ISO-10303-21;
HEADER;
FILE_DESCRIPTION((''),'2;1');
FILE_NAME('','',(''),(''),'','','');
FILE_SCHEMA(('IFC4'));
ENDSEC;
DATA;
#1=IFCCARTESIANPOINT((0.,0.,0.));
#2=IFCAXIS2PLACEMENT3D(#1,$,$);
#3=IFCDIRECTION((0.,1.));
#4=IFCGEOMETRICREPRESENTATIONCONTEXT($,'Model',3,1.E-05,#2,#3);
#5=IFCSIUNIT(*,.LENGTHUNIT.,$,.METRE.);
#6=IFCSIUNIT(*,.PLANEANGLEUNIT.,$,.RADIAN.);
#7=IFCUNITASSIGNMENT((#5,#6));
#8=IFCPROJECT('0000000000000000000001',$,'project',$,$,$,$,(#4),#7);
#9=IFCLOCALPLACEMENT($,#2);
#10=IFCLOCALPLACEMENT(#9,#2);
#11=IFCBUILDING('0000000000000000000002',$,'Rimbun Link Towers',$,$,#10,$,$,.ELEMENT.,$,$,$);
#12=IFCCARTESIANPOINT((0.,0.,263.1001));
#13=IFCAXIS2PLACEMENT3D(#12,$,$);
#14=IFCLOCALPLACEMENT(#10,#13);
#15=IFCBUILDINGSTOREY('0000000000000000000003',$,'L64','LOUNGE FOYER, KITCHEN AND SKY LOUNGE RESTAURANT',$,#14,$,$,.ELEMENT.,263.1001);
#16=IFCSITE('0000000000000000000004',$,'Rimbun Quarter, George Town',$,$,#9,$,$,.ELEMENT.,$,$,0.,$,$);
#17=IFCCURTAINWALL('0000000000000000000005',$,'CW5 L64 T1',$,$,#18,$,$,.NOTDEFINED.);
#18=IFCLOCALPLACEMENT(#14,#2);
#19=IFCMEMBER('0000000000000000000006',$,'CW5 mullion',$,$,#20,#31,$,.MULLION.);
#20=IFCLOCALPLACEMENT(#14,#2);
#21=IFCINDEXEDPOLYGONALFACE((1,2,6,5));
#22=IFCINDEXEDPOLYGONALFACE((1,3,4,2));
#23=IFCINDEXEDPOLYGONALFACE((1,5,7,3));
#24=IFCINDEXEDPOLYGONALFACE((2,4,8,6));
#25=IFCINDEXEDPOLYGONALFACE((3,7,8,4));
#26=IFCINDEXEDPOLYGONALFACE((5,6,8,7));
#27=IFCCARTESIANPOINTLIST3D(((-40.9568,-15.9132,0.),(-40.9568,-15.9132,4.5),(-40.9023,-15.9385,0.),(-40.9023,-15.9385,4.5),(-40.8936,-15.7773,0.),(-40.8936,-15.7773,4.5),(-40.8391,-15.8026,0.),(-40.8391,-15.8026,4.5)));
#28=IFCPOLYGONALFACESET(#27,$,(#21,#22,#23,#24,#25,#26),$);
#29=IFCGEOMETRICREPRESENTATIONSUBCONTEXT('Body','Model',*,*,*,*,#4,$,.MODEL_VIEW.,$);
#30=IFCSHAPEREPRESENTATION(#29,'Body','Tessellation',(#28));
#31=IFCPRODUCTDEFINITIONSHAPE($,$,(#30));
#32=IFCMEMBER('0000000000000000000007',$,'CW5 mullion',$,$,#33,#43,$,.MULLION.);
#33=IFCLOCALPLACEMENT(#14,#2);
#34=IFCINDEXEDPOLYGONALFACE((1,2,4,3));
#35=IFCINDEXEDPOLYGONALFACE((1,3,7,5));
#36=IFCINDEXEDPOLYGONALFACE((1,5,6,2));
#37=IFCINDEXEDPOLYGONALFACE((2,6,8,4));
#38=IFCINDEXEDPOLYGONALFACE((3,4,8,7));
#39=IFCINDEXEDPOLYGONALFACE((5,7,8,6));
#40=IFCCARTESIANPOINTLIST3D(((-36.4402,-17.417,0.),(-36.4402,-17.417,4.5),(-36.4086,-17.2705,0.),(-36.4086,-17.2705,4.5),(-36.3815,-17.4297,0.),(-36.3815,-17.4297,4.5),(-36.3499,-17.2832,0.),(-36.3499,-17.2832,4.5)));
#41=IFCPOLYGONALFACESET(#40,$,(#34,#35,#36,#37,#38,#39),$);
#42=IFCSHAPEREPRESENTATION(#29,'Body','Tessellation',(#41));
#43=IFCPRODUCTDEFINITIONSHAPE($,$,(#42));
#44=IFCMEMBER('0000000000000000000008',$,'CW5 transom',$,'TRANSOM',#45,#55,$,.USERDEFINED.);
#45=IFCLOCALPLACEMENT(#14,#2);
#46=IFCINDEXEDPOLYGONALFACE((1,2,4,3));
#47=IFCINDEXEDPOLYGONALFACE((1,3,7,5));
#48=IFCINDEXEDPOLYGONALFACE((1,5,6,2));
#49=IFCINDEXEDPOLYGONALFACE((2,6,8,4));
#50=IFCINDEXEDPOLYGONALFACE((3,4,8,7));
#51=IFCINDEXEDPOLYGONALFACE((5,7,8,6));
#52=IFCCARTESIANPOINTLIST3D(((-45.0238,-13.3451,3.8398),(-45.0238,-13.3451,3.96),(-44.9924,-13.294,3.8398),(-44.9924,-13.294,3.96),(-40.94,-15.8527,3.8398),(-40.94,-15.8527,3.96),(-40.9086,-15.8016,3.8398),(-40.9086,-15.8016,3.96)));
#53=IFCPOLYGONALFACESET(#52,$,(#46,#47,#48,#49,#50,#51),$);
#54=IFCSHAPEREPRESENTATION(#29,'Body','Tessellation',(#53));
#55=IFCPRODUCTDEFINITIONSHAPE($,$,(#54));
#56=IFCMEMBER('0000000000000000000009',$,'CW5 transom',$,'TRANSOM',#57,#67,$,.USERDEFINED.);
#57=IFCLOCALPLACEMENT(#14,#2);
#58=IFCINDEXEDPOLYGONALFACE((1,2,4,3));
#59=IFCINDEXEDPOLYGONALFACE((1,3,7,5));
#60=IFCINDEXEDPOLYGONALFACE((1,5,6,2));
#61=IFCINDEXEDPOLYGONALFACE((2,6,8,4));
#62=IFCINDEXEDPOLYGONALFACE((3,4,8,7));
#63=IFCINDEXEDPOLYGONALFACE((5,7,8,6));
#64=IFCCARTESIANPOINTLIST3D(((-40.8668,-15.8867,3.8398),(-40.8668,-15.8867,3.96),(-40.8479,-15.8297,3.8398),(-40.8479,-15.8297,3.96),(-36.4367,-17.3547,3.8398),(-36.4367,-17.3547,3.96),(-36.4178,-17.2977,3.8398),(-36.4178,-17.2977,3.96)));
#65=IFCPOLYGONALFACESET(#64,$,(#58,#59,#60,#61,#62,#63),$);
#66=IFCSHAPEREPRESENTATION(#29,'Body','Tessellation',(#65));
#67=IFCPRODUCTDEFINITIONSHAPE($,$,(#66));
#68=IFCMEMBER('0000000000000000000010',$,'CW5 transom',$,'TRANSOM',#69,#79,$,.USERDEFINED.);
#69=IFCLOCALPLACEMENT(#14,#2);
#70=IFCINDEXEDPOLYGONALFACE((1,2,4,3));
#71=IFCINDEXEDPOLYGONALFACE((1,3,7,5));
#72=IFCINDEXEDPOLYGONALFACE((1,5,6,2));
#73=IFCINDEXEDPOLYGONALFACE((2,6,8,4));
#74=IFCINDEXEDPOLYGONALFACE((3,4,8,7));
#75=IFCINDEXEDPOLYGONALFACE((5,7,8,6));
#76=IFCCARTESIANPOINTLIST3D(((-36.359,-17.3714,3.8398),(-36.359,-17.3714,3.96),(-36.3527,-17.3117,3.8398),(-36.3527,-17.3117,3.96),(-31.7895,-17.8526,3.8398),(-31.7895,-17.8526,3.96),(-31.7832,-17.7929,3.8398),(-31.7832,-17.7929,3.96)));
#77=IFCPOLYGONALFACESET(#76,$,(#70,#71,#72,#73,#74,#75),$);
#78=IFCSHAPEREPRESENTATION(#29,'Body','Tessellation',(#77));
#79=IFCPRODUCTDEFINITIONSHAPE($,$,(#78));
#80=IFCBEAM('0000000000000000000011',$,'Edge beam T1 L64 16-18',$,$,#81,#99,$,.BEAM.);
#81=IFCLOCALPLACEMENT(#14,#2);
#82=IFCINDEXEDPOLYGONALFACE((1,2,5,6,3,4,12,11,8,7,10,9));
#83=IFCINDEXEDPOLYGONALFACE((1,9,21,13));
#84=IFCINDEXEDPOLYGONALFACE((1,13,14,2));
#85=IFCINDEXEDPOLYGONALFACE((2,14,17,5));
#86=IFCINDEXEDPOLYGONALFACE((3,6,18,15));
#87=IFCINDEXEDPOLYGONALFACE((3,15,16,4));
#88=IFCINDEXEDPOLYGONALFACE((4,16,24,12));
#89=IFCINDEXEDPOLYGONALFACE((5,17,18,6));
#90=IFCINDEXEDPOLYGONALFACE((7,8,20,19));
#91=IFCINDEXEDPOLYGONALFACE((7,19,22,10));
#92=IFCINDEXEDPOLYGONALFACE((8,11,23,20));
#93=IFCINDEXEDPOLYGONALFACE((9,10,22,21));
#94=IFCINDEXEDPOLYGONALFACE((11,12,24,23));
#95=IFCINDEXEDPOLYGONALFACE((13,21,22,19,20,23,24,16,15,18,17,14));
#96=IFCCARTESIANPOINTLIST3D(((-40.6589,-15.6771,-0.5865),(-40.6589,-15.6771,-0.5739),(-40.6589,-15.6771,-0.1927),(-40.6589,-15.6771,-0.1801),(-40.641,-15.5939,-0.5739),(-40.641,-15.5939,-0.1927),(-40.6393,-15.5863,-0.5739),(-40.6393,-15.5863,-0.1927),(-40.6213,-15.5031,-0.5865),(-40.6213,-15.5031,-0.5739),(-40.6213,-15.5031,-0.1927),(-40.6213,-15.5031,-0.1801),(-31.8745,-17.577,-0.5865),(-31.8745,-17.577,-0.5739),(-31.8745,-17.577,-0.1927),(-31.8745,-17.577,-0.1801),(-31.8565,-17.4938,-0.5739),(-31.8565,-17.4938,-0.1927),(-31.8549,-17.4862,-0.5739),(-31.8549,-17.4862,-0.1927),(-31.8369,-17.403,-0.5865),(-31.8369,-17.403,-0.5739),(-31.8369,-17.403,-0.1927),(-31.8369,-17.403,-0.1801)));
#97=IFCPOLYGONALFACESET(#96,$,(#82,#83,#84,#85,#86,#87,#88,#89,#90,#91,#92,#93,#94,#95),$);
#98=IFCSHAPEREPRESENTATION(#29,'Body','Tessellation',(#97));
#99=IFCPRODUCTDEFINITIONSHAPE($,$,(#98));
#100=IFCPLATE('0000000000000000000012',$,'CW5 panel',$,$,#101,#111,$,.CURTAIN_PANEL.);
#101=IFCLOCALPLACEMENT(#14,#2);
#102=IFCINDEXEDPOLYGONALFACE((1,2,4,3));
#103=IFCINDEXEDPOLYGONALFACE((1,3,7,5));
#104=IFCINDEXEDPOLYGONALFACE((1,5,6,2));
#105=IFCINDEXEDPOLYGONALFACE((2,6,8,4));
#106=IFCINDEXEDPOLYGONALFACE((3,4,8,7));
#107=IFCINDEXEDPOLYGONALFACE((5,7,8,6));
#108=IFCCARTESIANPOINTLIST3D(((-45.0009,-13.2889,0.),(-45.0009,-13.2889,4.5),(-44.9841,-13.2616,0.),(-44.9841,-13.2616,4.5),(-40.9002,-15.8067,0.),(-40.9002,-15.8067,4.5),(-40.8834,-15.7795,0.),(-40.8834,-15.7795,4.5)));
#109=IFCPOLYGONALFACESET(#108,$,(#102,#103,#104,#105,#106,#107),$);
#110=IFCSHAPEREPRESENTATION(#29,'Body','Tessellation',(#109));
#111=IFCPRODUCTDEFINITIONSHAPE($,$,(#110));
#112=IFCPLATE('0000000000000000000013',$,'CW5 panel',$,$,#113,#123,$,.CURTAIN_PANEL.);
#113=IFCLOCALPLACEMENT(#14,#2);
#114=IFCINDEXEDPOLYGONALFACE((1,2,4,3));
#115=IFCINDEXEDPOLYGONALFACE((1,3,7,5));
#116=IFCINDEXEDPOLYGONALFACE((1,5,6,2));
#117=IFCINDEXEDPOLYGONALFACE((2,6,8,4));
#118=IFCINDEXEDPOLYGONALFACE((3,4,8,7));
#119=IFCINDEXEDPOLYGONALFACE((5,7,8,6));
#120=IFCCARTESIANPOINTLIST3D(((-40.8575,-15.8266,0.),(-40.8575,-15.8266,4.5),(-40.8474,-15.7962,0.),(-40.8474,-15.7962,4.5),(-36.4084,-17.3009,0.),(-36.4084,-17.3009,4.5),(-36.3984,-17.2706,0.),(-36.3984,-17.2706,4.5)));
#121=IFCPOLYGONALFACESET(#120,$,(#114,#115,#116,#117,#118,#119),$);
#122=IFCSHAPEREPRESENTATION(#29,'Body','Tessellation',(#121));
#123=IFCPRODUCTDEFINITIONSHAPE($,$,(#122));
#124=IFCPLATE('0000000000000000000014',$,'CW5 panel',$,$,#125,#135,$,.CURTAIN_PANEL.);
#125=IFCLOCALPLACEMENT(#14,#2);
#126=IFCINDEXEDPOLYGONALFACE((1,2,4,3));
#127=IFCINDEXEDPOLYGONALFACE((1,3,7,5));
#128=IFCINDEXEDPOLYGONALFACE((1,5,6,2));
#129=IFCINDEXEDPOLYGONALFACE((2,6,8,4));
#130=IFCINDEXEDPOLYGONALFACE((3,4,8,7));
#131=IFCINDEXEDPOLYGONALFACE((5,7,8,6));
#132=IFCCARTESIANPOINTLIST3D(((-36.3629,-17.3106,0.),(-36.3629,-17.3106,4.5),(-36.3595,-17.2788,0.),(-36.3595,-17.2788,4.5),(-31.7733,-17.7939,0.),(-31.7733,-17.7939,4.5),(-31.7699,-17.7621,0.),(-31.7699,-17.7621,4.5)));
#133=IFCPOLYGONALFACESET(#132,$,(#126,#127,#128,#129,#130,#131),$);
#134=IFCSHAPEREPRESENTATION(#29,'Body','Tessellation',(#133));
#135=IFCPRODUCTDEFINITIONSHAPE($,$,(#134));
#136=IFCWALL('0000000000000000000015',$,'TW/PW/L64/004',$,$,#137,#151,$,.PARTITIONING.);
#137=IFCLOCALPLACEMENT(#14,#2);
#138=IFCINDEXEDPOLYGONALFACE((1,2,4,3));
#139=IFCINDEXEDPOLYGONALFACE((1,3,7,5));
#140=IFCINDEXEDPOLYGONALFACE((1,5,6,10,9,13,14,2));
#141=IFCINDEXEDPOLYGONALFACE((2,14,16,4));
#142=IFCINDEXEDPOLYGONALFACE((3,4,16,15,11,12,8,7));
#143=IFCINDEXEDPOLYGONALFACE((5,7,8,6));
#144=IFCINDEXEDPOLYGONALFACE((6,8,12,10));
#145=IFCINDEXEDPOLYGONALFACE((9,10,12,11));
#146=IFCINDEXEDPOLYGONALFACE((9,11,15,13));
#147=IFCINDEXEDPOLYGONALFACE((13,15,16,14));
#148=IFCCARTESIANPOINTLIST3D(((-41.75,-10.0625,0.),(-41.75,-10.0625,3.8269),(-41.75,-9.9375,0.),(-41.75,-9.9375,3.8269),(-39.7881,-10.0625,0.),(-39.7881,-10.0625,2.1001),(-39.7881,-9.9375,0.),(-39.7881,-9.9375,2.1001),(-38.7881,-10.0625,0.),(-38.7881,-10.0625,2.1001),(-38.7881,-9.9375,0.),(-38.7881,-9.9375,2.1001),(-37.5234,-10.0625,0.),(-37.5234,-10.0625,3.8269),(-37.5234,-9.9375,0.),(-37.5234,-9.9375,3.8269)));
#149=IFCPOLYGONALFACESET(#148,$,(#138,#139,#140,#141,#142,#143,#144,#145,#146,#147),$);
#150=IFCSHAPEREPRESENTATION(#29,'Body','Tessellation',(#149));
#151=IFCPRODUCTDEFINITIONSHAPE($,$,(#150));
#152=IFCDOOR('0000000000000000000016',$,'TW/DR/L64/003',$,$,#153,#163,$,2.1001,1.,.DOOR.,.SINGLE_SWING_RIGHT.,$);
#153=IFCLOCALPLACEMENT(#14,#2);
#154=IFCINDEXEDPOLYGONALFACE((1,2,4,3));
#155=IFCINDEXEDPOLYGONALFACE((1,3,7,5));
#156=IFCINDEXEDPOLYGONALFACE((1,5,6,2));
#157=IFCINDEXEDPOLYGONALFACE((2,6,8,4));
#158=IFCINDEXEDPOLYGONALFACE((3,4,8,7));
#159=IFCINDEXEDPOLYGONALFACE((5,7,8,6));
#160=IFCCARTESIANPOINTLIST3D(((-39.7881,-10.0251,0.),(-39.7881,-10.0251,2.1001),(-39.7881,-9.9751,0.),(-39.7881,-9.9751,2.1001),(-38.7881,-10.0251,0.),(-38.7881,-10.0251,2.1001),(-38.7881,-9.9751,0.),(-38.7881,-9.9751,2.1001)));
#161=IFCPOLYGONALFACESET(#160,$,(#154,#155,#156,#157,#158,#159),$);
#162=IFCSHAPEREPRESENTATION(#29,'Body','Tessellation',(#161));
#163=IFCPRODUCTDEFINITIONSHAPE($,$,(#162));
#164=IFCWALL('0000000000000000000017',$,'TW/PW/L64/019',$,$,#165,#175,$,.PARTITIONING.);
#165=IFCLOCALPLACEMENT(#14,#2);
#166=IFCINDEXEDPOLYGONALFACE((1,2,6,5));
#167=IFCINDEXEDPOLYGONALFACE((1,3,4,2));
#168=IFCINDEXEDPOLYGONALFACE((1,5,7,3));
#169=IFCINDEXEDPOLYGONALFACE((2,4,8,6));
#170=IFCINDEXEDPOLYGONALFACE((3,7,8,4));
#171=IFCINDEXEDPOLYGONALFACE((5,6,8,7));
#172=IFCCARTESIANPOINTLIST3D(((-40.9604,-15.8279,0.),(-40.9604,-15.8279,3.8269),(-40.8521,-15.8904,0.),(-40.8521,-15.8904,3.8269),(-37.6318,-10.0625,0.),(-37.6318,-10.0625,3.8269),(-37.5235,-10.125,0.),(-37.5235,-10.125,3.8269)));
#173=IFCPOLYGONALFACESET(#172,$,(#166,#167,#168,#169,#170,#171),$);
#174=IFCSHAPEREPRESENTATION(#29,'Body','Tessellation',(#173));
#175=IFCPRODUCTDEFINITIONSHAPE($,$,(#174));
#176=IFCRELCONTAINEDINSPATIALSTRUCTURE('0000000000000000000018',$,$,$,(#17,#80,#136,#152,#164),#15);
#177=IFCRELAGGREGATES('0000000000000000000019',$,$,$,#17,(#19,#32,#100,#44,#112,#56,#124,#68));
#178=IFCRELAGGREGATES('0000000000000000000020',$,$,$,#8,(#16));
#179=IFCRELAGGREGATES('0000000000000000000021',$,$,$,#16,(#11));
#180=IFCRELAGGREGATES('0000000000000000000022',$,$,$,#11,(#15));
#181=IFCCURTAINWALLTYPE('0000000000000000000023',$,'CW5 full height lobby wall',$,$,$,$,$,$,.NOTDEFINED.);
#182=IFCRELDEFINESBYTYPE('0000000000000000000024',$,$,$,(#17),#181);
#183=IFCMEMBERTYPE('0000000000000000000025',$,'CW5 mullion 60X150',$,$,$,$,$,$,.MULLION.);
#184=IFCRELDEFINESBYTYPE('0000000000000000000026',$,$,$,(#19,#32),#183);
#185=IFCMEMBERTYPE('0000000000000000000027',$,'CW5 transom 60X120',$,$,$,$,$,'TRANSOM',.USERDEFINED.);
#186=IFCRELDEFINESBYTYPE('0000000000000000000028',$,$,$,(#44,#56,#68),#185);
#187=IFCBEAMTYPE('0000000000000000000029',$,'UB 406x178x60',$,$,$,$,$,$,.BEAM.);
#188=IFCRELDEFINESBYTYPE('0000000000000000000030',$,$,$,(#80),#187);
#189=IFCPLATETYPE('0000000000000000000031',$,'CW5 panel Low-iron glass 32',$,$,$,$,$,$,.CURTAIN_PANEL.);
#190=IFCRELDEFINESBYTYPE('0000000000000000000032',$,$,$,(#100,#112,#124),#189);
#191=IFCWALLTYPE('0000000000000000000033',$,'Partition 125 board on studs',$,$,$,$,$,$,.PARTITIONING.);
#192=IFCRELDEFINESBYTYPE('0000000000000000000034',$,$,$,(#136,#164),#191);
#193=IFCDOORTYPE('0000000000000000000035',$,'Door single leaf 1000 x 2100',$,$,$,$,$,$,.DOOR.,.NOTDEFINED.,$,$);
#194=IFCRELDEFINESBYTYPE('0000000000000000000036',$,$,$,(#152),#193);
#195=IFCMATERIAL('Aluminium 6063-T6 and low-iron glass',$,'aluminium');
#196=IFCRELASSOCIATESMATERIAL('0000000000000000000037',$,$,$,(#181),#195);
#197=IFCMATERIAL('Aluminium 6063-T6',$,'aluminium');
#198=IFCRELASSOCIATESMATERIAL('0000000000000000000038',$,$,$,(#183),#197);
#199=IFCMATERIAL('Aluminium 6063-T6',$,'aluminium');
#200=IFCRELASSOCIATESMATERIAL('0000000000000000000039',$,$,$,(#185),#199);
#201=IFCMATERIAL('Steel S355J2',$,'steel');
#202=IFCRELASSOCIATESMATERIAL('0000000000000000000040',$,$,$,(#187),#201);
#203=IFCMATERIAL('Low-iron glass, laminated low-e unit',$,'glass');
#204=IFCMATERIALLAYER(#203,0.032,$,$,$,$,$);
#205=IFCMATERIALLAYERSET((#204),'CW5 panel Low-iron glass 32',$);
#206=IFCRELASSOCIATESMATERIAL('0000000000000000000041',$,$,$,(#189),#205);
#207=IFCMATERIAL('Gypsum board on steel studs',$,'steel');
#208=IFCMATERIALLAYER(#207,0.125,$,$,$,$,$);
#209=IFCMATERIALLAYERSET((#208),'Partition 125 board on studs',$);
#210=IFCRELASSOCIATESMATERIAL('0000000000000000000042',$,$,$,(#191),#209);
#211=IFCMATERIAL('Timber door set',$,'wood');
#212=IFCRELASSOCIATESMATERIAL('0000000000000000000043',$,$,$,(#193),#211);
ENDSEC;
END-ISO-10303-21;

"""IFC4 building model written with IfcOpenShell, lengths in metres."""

from ifc_helpers import new_model, si_unit, direction, frame, frame_2d, origin, origin_2d, place, context, subcontext, project, spatial, rectangle, i_section, extrude, material, layer, layer_set, material_profile, profile_set, type_object, element, fill, aggregate, save


model = new_model("IFC4")

# Units and contexts
model_context = context("Model", 3, precision=1e-05, world=origin(), true_north=direction((0.0, 1.0)))
body_context = subcontext(model_context, "Body", "Model", "MODEL_VIEW")
ifc_project = project(units=[si_unit("LENGTHUNIT", "METRE"), si_unit("PLANEANGLEUNIT", "RADIAN")], contexts=[model_context])

# Site, building, storey
site_placement = place(None, origin())
site = spatial("IfcSite", under=ifc_project, at=site_placement, Name="Rimbun Quarter, George Town", CompositionType="ELEMENT", RefElevation=0.0)
building_placement = place(site_placement, origin())
building = spatial("IfcBuilding", under=site, at=building_placement, Name="Rimbun Link Towers", CompositionType="ELEMENT")
storey_placement = place(building_placement, frame((0.0, 0.0, 263.1001)))
storey = spatial("IfcBuildingStorey", under=building, at=storey_placement, Name="L64", Description="LOUNGE FOYER, KITCHEN AND SKY LOUNGE RESTAURANT", CompositionType="ELEMENT", Elevation=263.1001)

# Curtain wall, members
ifc_material_1 = material(Name="Aluminium 6063-T6 and low-iron glass", Category="aluminium")
curtain_wall_type = type_object("IfcCurtainWallType", Name="CW5 full height lobby wall", PredefinedType="NOTDEFINED", material=ifc_material_1)
curtain_wall_placement = place(storey_placement, origin())
curtain_wall = element("IfcCurtainWall", 1, at=curtain_wall_placement, inside=storey, type_object=curtain_wall_type, Name="CW5 L64 T1", PredefinedType="NOTDEFINED")
ifc_material_2 = material(Name="Aluminium 6063-T6", Category="aluminium")
ifc_material_profile_1 = material_profile(ifc_material_2, rectangle(XDim=0.1499, YDim=0.0601, at=origin_2d()), Name="MULLION 60X150")
ifc_profile_set_1 = profile_set([ifc_material_profile_1], Name="Aluminium 6063-T6")
member_type_1 = type_object("IfcMemberType", Name="CW5 mullion 60X150", PredefinedType="MULLION", material=ifc_profile_set_1)
member_1_placement = place(storey_placement, frame((-40.8979, -15.8579, 0.0), z_axis=(0.0, 0.0, 1.0), x_axis=(-0.421704, -0.906734, 0.0)))
member_1 = element("IfcMember", 2, at=member_1_placement, type_object=member_type_1, Name="CW5 mullion", PredefinedType="MULLION", context=body_context, shape_type="SweptSolid", body=[
    extrude(rectangle(XDim=0.1499, YDim=0.0601, at=origin_2d()), origin(), (0.0, 0.0, 1.0), 4.5),
])
member_2_placement = place(storey_placement, frame((-36.395, -17.3501, 0.0), z_axis=(0.0, 0.0, 1.0), x_axis=(-0.210861, -0.977516, 0.0)))
member_2 = element("IfcMember", 3, at=member_2_placement, type_object=member_type_1, Name="CW5 mullion", PredefinedType="MULLION", context=body_context, shape_type="SweptSolid", body=[
    extrude(rectangle(XDim=0.1499, YDim=0.0601, at=origin_2d()), origin(), (0.0, 0.0, 1.0), 4.5),
])
ifc_material_3 = material(Name="Aluminium 6063-T6", Category="aluminium")
ifc_material_profile_2 = material_profile(ifc_material_3, rectangle(XDim=0.0601, YDim=0.1201, at=origin_2d()), Name="TRANSOM 60X120")
ifc_profile_set_2 = profile_set([ifc_material_profile_2], Name="Aluminium 6063-T6")
member_type_2 = type_object("IfcMemberType", Name="CW5 transom 60X120", ElementType="TRANSOM", PredefinedType="USERDEFINED", material=ifc_profile_set_2)
member_3_placement = place(storey_placement, frame((-40.9243, -15.8271, 3.8999), z_axis=(-0.85217, 0.523264, 0.0), x_axis=(-0.523264, -0.85217, 0.0)))
member_3 = element("IfcMember", 4, at=member_3_placement, type_object=member_type_2, Name="CW5 transom", ObjectType="TRANSOM", PredefinedType="USERDEFINED", context=body_context, shape_type="SweptSolid", body=[
    extrude(rectangle(XDim=0.0601, YDim=0.1201, at=origin_2d()), origin(), (0.0, 0.0, 1.0), 4.7922),
])
member_4_placement = place(storey_placement, frame((-36.4272, -17.3262, 3.8999), z_axis=(-0.949242, 0.314548, 0.0), x_axis=(-0.314548, -0.949242, 0.0)))
member_4 = element("IfcMember", 5, at=member_4_placement, type_object=member_type_2, Name="CW5 transom", ObjectType="TRANSOM", PredefinedType="USERDEFINED", context=body_context, shape_type="SweptSolid", body=[
    extrude(rectangle(XDim=0.0601, YDim=0.1201, at=origin_2d()), origin(), (0.0, 0.0, 1.0), 4.667),
])
member_5_placement = place(storey_placement, frame((-31.7864, -17.8228, 3.8999), z_axis=(-0.994501, 0.104726, 0.0), x_axis=(-0.104726, -0.994501, 0.0)))
member_5 = element("IfcMember", 6, at=member_5_placement, type_object=member_type_2, Name="CW5 transom", ObjectType="TRANSOM", PredefinedType="USERDEFINED", context=body_context, shape_type="SweptSolid", body=[
    extrude(rectangle(XDim=0.0601, YDim=0.1201, at=origin_2d()), origin(), (0.0, 0.0, 1.0), 4.5947),
])

# Beam
ifc_material_4 = material(Name="Steel S355J2", Category="steel")
ifc_material_profile_3 = material_profile(ifc_material_4, i_section(OverallWidth=0.178, OverallDepth=0.4065, WebThickness=0.0078, FlangeThickness=0.0127, at=origin_2d()), Name="UB 406x178x60")
ifc_profile_set_3 = profile_set([ifc_material_profile_3], Name="Steel S355J2")
beam_type = type_object("IfcBeamType", Name="UB 406x178x60", PredefinedType="BEAM", material=ifc_profile_set_3)
beam_placement = place(storey_placement, frame((-40.6401, -15.5901, -0.3833), z_axis=(0.977401, -0.211393, 0.0), x_axis=(0.211393, 0.977401, 0.0)))
element("IfcBeam", 7, at=beam_placement, inside=storey, type_object=beam_type, Name="Edge beam T1 L64 16-18", PredefinedType="BEAM", context=body_context, shape_type="SweptSolid", body=[
    extrude(i_section(OverallWidth=0.178, OverallDepth=0.4065, WebThickness=0.0078, FlangeThickness=0.0127, at=origin_2d()), origin(), (0.0, 0.0, 1.0), 8.9875),
])

# Plates
ifc_material_5 = material(Name="Low-iron glass, laminated low-e unit", Category="glass")
ifc_layer_1 = layer(ifc_material_5, 0.032)
ifc_layer_set_1 = layer_set([ifc_layer_1], Name="CW5 panel Low-iron glass 32")
plate_type = type_object("IfcPlateType", Name="CW5 panel Low-iron glass 32", PredefinedType="CURTAIN_PANEL", material=ifc_layer_set_1)
plate_1_placement = place(storey_placement, frame((-42.9421, -14.5342, 0.0), z_axis=(0.0, 0.0, 1.0), x_axis=(-0.852182, 0.523246, 0.0)))
plate_1 = element("IfcPlate", 8, at=plate_1_placement, type_object=plate_type, Name="CW5 panel", PredefinedType="CURTAIN_PANEL", context=body_context, shape_type="SweptSolid", body=[
    extrude(rectangle(XDim=4.812, YDim=0.032, at=origin_2d()), origin(), (0.0, 0.0, 1.0), 4.5),
])
plate_2_placement = place(storey_placement, frame((-38.6279, -16.5486, 0.0), z_axis=(0.0, 0.0, 1.0), x_axis=(-0.949238, 0.314558, 0.0)))
plate_2 = element("IfcPlate", 9, at=plate_2_placement, type_object=plate_type, Name="CW5 panel", PredefinedType="CURTAIN_PANEL", context=body_context, shape_type="SweptSolid", body=[
    extrude(rectangle(XDim=4.687, YDim=0.032, at=origin_2d()), origin(), (0.0, 0.0, 1.0), 4.5),
])
plate_3_placement = place(storey_placement, frame((-34.0664, -17.5364, 0.0), z_axis=(0.0, 0.0, 1.0), x_axis=(-0.994501, 0.104728, 0.0)))
plate_3 = element("IfcPlate", 10, at=plate_3_placement, type_object=plate_type, Name="CW5 panel", PredefinedType="CURTAIN_PANEL", context=body_context, shape_type="SweptSolid", body=[
    extrude(rectangle(XDim=4.615, YDim=0.032, at=origin_2d()), origin(), (0.0, 0.0, 1.0), 4.5),
])
aggregate(curtain_wall, [member_1, member_2, plate_1, member_3, plate_2, member_4, plate_3, member_5])

# Wall, opening, door
ifc_material_6 = material(Name="Gypsum board on steel studs", Category="steel")
ifc_layer_2 = layer(ifc_material_6, 0.125)
ifc_layer_set_2 = layer_set([ifc_layer_2], Name="Partition 125 board on studs")
wall_type = type_object("IfcWallType", Name="Partition 125 board on studs", PredefinedType="PARTITIONING", material=ifc_layer_set_2)
wall_1_placement = place(storey_placement, frame((-41.75, -10.0, 0.0), z_axis=(0.0, 0.0, 1.0), x_axis=(1.0, 0.0, 0.0)))
wall_1 = element("IfcWall", 11, at=wall_1_placement, inside=storey, type_object=wall_type, Name="TW/PW/L64/004", PredefinedType="PARTITIONING", context=body_context, shape_type="SweptSolid", body=[
    extrude(rectangle(XDim=4.2266, YDim=0.125, at=frame_2d((2.1133, 0.0))), origin(), (0.0, 0.0, 1.0), 3.8269),
])
opening_placement = place(wall_1_placement, frame((1.9619, 0.0, 0.0)))
opening = element("IfcOpeningElement", 12, at=opening_placement, cuts=wall_1, PredefinedType="OPENING", context=body_context, shape_type="SweptSolid", body=[
    extrude(rectangle(XDim=1.0, YDim=2.1001, at=frame_2d((0.5, 1.05))), frame((0.0, 0.0725, 0.0), z_axis=(0.0, -1.0, 0.0), x_axis=(1.0, 0.0, 0.0)), (0.0, 0.0, 1.0), 0.145),
])
ifc_material_7 = material(Name="Timber door set", Category="wood")
door_type = type_object("IfcDoorType", Name="Door single leaf 1000 x 2100", OperationType="NOTDEFINED", PredefinedType="DOOR", material=ifc_material_7)
door_placement = place(opening_placement, origin())
door = element("IfcDoor", 13, at=door_placement, inside=storey, type_object=door_type, Name="TW/DR/L64/003", OperationType="SINGLE_SWING_RIGHT", OverallHeight=2.1001, OverallWidth=1.0, PredefinedType="DOOR", context=body_context, shape_type="SweptSolid", body=[
    extrude(rectangle(XDim=1.0, YDim=2.1001, at=frame_2d((0.5, 1.05))), frame((0.0, 0.0249, 0.0), z_axis=(0.0, -1.0, 0.0), x_axis=(1.0, 0.0, 0.0)), (0.0, 0.0, 1.0), 0.05),
])
fill(opening, door)

# Wall
wall_2_placement = place(storey_placement, frame((-40.9062, -15.8591, 0.0), z_axis=(0.0, 0.0, 1.0), x_axis=(0.499997, 0.866027, 0.0)))
element("IfcWall", 14, at=wall_2_placement, inside=storey, type_object=wall_type, Name="TW/PW/L64/019", PredefinedType="PARTITIONING", context=body_context, shape_type="SweptSolid", body=[
    extrude(rectangle(XDim=6.6572, YDim=0.125, at=frame_2d((3.3286, 0.0))), origin(), (0.0, 0.0, 1.0), 3.8269),
])

save(model, "model.ifc")
